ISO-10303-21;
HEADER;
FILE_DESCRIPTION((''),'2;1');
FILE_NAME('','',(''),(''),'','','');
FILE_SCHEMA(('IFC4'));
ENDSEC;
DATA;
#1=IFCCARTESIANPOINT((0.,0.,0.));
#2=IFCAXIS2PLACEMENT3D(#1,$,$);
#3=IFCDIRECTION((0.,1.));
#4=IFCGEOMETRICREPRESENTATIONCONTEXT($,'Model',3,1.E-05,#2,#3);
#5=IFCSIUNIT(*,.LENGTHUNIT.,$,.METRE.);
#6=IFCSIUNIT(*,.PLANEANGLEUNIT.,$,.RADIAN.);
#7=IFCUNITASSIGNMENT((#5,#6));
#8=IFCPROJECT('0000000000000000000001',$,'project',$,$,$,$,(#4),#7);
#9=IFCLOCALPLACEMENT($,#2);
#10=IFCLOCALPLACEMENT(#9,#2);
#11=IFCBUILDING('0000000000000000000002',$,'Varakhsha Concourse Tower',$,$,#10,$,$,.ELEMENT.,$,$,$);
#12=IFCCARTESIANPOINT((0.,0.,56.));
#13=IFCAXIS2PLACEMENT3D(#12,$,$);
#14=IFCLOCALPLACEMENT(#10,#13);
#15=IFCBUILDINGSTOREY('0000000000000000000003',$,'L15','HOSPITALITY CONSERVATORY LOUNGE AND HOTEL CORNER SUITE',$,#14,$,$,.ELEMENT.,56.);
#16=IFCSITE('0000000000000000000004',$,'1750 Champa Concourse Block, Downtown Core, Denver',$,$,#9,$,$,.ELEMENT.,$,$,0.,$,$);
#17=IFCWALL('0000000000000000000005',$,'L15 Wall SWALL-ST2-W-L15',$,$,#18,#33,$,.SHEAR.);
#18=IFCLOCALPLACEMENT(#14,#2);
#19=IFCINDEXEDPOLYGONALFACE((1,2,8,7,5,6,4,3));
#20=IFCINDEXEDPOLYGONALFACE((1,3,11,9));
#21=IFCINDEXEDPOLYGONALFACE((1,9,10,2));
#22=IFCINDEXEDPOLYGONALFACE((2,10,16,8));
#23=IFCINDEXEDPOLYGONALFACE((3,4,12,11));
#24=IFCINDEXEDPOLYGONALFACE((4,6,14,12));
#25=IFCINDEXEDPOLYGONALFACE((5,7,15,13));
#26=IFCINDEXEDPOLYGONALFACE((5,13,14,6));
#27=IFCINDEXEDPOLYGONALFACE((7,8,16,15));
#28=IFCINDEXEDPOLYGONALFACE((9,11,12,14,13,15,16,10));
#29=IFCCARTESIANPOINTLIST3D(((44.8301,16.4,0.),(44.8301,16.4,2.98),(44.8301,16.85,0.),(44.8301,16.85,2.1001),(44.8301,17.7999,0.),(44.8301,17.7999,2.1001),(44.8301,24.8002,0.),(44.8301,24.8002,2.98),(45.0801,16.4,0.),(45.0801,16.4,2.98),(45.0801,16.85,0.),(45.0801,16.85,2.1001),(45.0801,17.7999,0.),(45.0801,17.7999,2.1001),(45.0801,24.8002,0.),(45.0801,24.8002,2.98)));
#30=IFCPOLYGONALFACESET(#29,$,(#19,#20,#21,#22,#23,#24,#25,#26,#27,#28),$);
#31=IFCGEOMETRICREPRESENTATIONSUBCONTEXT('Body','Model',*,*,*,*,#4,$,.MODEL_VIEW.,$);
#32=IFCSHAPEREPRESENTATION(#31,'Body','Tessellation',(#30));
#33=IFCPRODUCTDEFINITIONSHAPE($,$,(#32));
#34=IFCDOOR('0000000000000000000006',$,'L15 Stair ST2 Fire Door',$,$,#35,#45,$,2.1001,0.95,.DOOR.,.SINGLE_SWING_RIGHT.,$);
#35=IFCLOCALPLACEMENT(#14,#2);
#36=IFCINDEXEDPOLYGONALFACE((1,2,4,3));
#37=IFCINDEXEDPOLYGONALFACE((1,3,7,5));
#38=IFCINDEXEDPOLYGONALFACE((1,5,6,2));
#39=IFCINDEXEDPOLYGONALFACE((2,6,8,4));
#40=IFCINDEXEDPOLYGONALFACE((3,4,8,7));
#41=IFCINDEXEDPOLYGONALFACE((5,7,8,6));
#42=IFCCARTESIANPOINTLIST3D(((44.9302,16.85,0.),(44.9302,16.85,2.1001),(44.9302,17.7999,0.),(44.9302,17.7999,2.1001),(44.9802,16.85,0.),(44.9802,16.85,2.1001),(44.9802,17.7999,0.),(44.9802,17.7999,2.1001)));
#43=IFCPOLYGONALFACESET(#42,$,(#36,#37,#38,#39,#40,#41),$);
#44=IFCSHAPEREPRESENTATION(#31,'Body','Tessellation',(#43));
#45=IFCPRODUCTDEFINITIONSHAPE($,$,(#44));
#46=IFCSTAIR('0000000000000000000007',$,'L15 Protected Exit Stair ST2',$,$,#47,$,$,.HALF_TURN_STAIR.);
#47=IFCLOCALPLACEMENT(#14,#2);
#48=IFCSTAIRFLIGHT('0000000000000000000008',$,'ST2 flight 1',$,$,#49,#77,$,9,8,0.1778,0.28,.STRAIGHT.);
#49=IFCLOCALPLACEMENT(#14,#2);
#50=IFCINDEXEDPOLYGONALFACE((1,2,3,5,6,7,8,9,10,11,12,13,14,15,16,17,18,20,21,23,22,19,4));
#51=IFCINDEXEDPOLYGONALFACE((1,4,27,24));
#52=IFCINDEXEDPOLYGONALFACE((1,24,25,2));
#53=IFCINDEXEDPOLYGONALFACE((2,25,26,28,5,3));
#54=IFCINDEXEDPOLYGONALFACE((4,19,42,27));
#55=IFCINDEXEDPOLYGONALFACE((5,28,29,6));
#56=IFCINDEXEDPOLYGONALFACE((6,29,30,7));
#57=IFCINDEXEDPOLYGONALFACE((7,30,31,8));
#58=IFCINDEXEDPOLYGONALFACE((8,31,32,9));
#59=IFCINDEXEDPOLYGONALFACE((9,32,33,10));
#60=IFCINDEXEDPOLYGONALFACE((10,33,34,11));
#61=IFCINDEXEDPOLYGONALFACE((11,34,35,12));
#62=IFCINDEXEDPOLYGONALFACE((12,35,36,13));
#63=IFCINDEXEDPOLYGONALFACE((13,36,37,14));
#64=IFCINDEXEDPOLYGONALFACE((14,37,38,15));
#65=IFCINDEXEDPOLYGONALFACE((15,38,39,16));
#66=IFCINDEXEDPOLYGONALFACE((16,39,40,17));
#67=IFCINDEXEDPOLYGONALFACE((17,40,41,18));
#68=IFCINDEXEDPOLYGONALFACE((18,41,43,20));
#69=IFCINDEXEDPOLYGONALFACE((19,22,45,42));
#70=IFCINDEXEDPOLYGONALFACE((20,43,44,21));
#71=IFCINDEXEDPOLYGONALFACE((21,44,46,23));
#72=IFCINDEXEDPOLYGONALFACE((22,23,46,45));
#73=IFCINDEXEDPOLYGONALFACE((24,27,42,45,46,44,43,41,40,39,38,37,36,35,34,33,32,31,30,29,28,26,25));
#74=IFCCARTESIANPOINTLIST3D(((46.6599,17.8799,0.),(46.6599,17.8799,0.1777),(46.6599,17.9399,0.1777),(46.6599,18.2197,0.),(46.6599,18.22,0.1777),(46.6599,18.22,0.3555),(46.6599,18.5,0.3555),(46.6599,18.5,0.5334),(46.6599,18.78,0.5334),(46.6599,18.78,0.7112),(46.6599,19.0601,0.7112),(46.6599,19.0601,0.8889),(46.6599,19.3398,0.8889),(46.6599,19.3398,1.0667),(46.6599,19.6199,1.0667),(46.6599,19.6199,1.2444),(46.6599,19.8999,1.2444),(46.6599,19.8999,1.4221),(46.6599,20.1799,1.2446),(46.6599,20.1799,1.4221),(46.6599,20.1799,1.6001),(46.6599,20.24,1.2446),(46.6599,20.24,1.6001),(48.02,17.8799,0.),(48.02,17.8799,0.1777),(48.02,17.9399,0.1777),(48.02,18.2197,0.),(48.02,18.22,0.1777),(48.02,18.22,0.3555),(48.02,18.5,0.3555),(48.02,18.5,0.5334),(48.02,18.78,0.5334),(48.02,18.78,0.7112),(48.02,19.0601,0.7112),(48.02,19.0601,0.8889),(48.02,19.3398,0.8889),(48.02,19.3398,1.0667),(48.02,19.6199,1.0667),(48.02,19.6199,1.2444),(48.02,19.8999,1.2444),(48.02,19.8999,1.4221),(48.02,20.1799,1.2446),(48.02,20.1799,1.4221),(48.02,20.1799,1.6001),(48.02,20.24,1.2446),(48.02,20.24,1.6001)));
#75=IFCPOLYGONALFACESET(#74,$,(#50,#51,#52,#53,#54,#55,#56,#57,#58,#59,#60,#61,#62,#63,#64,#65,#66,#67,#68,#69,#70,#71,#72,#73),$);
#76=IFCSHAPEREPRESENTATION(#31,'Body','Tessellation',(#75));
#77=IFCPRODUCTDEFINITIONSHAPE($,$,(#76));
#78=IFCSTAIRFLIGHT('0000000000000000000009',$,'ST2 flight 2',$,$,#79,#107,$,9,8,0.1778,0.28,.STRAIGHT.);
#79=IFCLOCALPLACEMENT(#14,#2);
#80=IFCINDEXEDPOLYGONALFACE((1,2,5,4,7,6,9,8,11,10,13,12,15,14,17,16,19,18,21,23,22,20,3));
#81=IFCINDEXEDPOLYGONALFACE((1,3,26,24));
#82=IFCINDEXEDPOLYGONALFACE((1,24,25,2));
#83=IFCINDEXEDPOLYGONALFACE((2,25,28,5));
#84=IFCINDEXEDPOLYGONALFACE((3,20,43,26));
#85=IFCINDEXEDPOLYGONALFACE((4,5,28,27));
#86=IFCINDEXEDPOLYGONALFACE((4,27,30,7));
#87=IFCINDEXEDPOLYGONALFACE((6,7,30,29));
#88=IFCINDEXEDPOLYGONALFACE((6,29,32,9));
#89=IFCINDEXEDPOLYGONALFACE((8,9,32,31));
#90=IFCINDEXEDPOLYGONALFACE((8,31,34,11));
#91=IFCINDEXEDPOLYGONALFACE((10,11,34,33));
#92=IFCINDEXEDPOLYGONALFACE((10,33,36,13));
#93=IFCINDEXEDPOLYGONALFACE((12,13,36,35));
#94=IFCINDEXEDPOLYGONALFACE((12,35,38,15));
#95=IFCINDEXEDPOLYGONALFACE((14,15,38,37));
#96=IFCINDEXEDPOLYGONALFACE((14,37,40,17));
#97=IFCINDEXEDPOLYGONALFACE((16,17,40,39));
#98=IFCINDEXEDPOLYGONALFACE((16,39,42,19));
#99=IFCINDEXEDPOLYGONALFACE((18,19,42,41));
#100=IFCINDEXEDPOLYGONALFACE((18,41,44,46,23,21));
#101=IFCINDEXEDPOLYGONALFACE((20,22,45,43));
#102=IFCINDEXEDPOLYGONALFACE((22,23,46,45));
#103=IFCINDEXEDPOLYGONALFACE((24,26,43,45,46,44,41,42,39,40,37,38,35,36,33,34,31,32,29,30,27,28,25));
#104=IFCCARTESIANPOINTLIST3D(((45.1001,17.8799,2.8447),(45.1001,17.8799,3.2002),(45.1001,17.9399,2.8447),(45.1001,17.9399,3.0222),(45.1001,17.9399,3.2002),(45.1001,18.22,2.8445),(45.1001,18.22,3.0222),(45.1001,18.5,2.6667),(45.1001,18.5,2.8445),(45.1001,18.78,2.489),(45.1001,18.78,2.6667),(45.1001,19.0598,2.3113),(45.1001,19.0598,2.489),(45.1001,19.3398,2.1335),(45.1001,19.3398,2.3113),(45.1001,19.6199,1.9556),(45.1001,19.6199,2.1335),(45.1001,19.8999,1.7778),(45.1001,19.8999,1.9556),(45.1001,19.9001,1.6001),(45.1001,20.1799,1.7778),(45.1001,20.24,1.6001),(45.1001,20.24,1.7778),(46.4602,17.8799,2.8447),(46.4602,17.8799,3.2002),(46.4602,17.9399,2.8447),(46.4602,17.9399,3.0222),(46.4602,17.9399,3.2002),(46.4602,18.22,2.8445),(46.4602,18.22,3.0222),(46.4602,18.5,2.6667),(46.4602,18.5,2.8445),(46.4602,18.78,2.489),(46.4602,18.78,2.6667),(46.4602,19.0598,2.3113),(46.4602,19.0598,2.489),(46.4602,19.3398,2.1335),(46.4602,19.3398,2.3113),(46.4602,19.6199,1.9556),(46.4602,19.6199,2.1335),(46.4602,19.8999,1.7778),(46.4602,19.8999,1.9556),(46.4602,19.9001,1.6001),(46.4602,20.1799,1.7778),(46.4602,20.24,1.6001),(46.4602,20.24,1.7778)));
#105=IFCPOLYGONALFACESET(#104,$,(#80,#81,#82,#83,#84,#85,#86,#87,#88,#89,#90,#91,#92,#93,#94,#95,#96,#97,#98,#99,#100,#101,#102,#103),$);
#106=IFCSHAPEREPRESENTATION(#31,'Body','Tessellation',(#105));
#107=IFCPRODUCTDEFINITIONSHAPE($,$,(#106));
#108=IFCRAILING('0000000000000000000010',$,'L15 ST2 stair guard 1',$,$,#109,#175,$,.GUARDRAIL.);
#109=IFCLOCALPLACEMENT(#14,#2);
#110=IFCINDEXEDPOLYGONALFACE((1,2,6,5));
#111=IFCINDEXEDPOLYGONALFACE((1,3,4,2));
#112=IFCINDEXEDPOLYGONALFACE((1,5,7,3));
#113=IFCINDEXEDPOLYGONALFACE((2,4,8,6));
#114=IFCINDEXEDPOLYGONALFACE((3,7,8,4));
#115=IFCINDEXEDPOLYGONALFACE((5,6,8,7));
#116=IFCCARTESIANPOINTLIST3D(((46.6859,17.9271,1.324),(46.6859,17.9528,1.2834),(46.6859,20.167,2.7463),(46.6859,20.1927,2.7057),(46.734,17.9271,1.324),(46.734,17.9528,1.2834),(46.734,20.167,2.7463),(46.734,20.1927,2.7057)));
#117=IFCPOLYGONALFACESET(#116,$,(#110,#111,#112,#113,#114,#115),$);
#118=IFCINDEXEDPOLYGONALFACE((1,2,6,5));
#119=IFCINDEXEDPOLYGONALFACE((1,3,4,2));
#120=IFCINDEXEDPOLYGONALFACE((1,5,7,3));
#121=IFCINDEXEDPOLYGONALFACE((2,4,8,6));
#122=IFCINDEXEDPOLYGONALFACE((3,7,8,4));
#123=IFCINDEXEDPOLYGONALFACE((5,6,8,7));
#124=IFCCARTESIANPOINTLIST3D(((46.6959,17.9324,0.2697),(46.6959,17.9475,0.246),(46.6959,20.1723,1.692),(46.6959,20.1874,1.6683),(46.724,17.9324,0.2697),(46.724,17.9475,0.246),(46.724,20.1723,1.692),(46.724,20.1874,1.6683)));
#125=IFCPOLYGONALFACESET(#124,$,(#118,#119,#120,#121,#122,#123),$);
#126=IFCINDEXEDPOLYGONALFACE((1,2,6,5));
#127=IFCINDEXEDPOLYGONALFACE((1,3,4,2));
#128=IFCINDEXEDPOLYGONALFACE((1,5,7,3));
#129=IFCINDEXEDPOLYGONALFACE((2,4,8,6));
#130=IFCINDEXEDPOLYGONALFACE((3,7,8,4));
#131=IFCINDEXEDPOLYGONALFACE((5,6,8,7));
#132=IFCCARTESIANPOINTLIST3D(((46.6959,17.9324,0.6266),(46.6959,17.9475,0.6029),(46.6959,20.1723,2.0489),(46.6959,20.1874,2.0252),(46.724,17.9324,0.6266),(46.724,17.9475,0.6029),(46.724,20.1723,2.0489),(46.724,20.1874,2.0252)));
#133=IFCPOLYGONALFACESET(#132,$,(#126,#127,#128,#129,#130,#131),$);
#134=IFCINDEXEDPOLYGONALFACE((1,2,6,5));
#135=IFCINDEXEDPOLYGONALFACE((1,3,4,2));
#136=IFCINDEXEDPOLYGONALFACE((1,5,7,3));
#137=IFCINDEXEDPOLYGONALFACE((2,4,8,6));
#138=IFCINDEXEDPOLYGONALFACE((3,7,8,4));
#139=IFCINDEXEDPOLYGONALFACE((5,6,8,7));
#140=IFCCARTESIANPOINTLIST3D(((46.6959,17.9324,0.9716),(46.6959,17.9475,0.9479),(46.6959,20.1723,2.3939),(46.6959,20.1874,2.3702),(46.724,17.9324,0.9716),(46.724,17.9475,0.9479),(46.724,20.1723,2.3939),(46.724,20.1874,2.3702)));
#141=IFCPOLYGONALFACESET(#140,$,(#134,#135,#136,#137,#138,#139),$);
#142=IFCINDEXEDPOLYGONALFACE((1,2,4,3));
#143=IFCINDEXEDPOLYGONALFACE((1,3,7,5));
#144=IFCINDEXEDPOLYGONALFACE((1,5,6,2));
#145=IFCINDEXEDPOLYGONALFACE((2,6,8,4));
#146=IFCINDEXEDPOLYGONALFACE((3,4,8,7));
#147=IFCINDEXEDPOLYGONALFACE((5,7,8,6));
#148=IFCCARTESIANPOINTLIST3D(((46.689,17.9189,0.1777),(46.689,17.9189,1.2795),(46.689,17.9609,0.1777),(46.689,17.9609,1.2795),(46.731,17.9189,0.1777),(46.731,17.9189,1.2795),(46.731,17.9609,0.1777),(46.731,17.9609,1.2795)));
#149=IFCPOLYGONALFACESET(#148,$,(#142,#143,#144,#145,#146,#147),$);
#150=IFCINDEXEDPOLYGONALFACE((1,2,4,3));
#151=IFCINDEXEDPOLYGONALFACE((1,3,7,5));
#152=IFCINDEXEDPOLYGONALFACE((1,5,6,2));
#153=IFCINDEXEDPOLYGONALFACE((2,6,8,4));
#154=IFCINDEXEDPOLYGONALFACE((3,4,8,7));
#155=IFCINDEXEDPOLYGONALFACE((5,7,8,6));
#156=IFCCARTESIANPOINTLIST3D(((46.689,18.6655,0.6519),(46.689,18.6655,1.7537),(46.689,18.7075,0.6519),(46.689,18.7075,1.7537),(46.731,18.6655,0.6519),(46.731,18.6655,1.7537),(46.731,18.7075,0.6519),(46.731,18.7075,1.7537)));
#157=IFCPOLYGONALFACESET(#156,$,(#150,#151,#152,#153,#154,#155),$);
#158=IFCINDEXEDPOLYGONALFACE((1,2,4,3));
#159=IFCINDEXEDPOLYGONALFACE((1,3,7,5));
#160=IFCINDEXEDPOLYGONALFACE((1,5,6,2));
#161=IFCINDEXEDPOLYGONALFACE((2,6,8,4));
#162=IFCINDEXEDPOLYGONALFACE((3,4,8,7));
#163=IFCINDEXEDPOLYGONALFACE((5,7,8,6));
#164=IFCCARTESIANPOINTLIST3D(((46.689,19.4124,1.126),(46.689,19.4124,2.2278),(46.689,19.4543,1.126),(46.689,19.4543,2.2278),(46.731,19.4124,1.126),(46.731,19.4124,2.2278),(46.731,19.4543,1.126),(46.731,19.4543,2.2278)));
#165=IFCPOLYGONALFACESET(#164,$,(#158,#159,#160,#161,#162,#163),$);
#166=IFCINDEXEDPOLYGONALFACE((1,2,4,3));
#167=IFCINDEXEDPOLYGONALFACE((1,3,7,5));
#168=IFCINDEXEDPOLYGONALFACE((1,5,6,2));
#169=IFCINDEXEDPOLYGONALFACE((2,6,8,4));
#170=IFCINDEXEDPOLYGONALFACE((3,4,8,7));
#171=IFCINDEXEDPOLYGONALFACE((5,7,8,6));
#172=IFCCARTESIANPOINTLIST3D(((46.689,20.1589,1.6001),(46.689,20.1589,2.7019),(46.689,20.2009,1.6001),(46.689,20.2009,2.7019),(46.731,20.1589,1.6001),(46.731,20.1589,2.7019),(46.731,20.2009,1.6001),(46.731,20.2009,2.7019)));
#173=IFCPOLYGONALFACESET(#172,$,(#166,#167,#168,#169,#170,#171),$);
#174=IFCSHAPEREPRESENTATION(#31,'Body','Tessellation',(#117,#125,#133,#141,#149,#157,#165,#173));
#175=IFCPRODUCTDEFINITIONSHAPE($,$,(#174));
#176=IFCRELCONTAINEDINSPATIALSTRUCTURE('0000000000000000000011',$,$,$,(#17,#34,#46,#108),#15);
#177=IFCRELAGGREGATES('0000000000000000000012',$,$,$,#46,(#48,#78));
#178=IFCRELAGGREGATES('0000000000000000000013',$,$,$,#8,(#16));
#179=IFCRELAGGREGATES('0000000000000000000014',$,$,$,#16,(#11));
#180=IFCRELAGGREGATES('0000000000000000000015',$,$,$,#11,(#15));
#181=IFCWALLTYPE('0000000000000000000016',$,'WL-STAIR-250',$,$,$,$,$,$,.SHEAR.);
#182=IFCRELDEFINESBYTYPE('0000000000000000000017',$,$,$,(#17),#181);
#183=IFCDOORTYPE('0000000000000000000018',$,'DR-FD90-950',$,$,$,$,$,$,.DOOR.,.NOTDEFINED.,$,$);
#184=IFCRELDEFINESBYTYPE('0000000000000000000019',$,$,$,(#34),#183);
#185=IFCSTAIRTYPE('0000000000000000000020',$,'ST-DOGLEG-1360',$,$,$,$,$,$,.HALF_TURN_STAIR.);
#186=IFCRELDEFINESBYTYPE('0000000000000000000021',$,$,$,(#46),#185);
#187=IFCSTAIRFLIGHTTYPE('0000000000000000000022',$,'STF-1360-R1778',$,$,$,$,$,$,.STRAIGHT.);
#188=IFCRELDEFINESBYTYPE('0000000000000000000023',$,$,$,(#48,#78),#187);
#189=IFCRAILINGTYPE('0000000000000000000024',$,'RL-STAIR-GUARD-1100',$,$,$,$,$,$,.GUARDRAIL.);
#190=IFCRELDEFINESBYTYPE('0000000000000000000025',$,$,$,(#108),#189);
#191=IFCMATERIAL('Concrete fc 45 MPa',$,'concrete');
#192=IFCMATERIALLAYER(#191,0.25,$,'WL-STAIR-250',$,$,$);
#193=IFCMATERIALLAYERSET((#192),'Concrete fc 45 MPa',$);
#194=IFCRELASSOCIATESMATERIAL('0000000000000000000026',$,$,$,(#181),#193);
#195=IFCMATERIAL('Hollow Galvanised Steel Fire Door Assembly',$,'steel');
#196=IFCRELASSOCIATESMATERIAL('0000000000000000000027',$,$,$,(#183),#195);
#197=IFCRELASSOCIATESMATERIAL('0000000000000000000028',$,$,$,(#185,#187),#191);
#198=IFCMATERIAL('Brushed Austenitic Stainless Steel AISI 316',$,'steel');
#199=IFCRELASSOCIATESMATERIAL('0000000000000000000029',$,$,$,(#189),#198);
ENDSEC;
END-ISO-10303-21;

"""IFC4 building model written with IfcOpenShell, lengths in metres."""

from ifc_helpers import new_model, si_unit, direction, frame, frame_2d, origin, origin_2d, place, context, subcontext, project, spatial, polyline, rectangle, outline, extrude, material, layer, layer_set, type_object, element, fill, aggregate, save


model = new_model("IFC4")

# Units and contexts
model_context = context("Model", 3, precision=1e-05, world=origin(), true_north=direction((0.0, 1.0)))
body_context = subcontext(model_context, "Body", "Model", "MODEL_VIEW")
ifc_project = project(units=[si_unit("LENGTHUNIT", "METRE"), si_unit("PLANEANGLEUNIT", "RADIAN")], contexts=[model_context])

# Site, building, storey
site_placement = place(None, origin())
site = spatial("IfcSite", under=ifc_project, at=site_placement, Name="1750 Champa Concourse Block, Downtown Core, Denver", CompositionType="ELEMENT", RefElevation=0.0)
building_placement = place(site_placement, origin())
building = spatial("IfcBuilding", under=site, at=building_placement, Name="Varakhsha Concourse Tower", CompositionType="ELEMENT")
storey_placement = place(building_placement, frame((0.0, 0.0, 56.0)))
storey = spatial("IfcBuildingStorey", under=building, at=storey_placement, Name="L15", Description="HOSPITALITY CONSERVATORY LOUNGE AND HOTEL CORNER SUITE", CompositionType="ELEMENT", Elevation=56.0)

# Shared definitions
ifc_material_1 = material(Name="Hollow Galvanised Steel Fire Door Assembly", Category="steel")

# Wall, opening, door
ifc_material_2 = material(Name="Concrete fc 45 MPa", Category="concrete")
ifc_layer_1 = layer(ifc_material_2, 0.25, Name="WL-STAIR-250")
ifc_layer_set_1 = layer_set([ifc_layer_1], Name="Concrete fc 45 MPa")
wall_type_1 = type_object("IfcWallType", Name="WL-STAIR-250", PredefinedType="SHEAR", material=ifc_layer_set_1)
wall_1_placement = place(storey_placement, frame((44.9551, 16.3999, 0.0), z_axis=(0.0, 0.0, 1.0), x_axis=(0.0, 1.0, 0.0)))
wall_1 = element("IfcWall", 1, at=wall_1_placement, inside=storey, type_object=wall_type_1, Name="L15 Wall SWALL-ST2-W-L15", PredefinedType="SHEAR", context=body_context, shape_type="SweptSolid", body=[
    extrude(rectangle(XDim=8.4001, YDim=0.25, at=frame_2d((4.2002, 0.0))), origin(), (0.0, 0.0, 1.0), 2.98),
])
opening_1_placement = place(wall_1_placement, frame((0.45, 0.0, 0.0)))
opening_1 = element("IfcOpeningElement", 2, at=opening_1_placement, cuts=wall_1, PredefinedType="OPENING", context=body_context, shape_type="SweptSolid", body=[
    extrude(rectangle(XDim=0.95, YDim=2.1001, at=frame_2d((0.4751, 1.05))), frame((0.0, 0.135, 0.0), z_axis=(0.0, -1.0, 0.0), x_axis=(1.0, 0.0, 0.0)), (0.0, 0.0, 1.0), 0.27),
])
door_type_1 = type_object("IfcDoorType", Name="DR-FD90-950", OperationType="NOTDEFINED", PredefinedType="DOOR", material=ifc_material_1)
door_1_placement = place(opening_1_placement, origin())
door_1 = element("IfcDoor", 3, at=door_1_placement, inside=storey, type_object=door_type_1, Name="L15 Stair ST2 Fire Door", OperationType="SINGLE_SWING_RIGHT", OverallHeight=2.1001, OverallWidth=0.95, PredefinedType="DOOR", context=body_context, shape_type="SweptSolid", body=[
    extrude(rectangle(XDim=0.95, YDim=2.1001, at=frame_2d((0.4751, 1.05))), frame((0.0, 0.0249, 0.0), z_axis=(0.0, -1.0, 0.0), x_axis=(1.0, 0.0, 0.0)), (0.0, 0.0, 1.0), 0.05),
])
fill(opening_1, door_1)

# Stair, stair flights
stair_type = type_object("IfcStairType", Name="ST-DOGLEG-1360", PredefinedType="HALF_TURN_STAIR", material=ifc_material_2)
stair_placement = place(storey_placement, origin())
stair = element("IfcStair", 4, at=stair_placement, inside=storey, type_object=stair_type, Name="L15 Protected Exit Stair ST2", PredefinedType="HALF_TURN_STAIR")
stair_flight_type = type_object("IfcStairFlightType", Name="STF-1360-R1778", PredefinedType="STRAIGHT", material=ifc_material_2)
stair_flight_1_placement = place(storey_placement, frame((47.3401, 17.9399, 0.0), z_axis=(0.0, 0.0, 1.0), x_axis=(0.0, 1.0, 0.0)))
stair_flight_1 = element("IfcStairFlight", 5, at=stair_flight_1_placement, type_object=stair_flight_type, Name="ST2 flight 1", NumberOfRisers=9, NumberOfTreads=8, PredefinedType="STRAIGHT", RiserHeight=0.1778, TreadLength=0.28, context=body_context, shape_type="SweptSolid", body=[
    extrude(outline(polyline([(-0.0601, 0.0), (-0.0601, 0.1777), (0.0, 0.1777), (0.28, 0.1777), (0.28, 0.3555), (0.5601, 0.3555), (0.5601, 0.5334), (0.8401, 0.5334), (0.8401, 0.7112), (1.1201, 0.7112), (1.1201, 0.8889), (1.3999, 0.8889), (1.3999, 1.0667), (1.6799, 1.0667), (1.6799, 1.2444), (1.96, 1.2444), (1.96, 1.4221), (2.24, 1.4221), (2.24, 1.6001), (2.3, 1.6001), (2.3, 1.2446), (2.24, 1.2446), (0.2798, 0.0), (-0.0601, 0.0)])), frame((0.0, 0.6802, 0.0), z_axis=(0.0, -1.0, 0.0), x_axis=(1.0, 0.0, 0.0)), (0.0, 0.0, 1.0), 1.3601),
])
stair_flight_2_placement = place(storey_placement, frame((45.78, 20.1799, 1.6001), z_axis=(0.0, 0.0, 1.0), x_axis=(0.0, -1.0, 0.0)))
stair_flight_2 = element("IfcStairFlight", 6, at=stair_flight_2_placement, type_object=stair_flight_type, Name="ST2 flight 2", NumberOfRisers=9, NumberOfTreads=8, PredefinedType="STRAIGHT", RiserHeight=0.1778, TreadLength=0.28, context=body_context, shape_type="SweptSolid", body=[
    extrude(outline(polyline([(-0.0601, 0.0), (-0.0601, 0.1777), (0.0, 0.1777), (0.28, 0.1777), (0.28, 0.3555), (0.5601, 0.3555), (0.5601, 0.5334), (0.8401, 0.5334), (0.8401, 0.7112), (1.1201, 0.7112), (1.1201, 0.8889), (1.3999, 0.8889), (1.3999, 1.0667), (1.6799, 1.0667), (1.6799, 1.2444), (1.96, 1.2444), (1.96, 1.4221), (2.24, 1.4221), (2.24, 1.6001), (2.3, 1.6001), (2.3, 1.2446), (2.24, 1.2446), (0.2798, 0.0), (-0.0601, 0.0)])), frame((0.0, 0.6802, 0.0), z_axis=(0.0, -1.0, 0.0), x_axis=(1.0, 0.0, 0.0)), (0.0, 0.0, 1.0), 1.3601),
])
aggregate(stair, [stair_flight_1, stair_flight_2])

# Railing
ifc_material_3 = material(Name="Brushed Austenitic Stainless Steel AISI 316", Category="steel")
railing_type_1 = type_object("IfcRailingType", Name="RL-STAIR-GUARD-1100", PredefinedType="GUARDRAIL", material=ifc_material_3)
railing_1_placement = place(storey_placement, frame((46.71, 17.9399, 0.1777)))
element("IfcRailing", 7, at=railing_1_placement, inside=storey, type_object=railing_type_1, Name="L15 ST2 stair guard 1", PredefinedType="GUARDRAIL", context=body_context, shape_type="SweptSolid", body=[
    extrude(rectangle(XDim=0.0481, YDim=0.0481, at=origin_2d()), frame((0.0, 0.0, 1.126), z_axis=(0.0, 0.844188, 0.536048), x_axis=(-1.0, 0.0, 0.0)), (0.0, 0.0, 1.0), 2.6533),
    extrude(rectangle(XDim=0.0281, YDim=0.0281, at=origin_2d()), frame((0.0, 0.0, 0.0801), z_axis=(0.0, 0.844188, 0.536048), x_axis=(-1.0, 0.0, 0.0)), (0.0, 0.0, 1.0), 2.6533),
    extrude(rectangle(XDim=0.0281, YDim=0.0281, at=origin_2d()), frame((0.0, 0.0, 0.437), z_axis=(0.0, 0.844188, 0.536048), x_axis=(-1.0, 0.0, 0.0)), (0.0, 0.0, 1.0), 2.6533),
    extrude(rectangle(XDim=0.0281, YDim=0.0281, at=origin_2d()), frame((0.0, 0.0, 0.782), z_axis=(0.0, 0.844188, 0.536048), x_axis=(-1.0, 0.0, 0.0)), (0.0, 0.0, 1.0), 2.6533),
    extrude(rectangle(XDim=0.042, YDim=0.042, at=origin_2d()), origin(), (0.0, 0.0, 1.0), 1.1018),
    extrude(rectangle(XDim=0.042, YDim=0.042, at=origin_2d()), frame((0.0, 0.7466, 0.4741)), (0.0, 0.0, 1.0), 1.1018),
    extrude(rectangle(XDim=0.042, YDim=0.042, at=origin_2d()), frame((0.0, 1.4934, 0.9482)), (0.0, 0.0, 1.0), 1.1018),
    extrude(rectangle(XDim=0.042, YDim=0.042, at=origin_2d()), frame((0.0, 2.24, 1.4224)), (0.0, 0.0, 1.0), 1.1018),
])

save(model, "model.ifc")
